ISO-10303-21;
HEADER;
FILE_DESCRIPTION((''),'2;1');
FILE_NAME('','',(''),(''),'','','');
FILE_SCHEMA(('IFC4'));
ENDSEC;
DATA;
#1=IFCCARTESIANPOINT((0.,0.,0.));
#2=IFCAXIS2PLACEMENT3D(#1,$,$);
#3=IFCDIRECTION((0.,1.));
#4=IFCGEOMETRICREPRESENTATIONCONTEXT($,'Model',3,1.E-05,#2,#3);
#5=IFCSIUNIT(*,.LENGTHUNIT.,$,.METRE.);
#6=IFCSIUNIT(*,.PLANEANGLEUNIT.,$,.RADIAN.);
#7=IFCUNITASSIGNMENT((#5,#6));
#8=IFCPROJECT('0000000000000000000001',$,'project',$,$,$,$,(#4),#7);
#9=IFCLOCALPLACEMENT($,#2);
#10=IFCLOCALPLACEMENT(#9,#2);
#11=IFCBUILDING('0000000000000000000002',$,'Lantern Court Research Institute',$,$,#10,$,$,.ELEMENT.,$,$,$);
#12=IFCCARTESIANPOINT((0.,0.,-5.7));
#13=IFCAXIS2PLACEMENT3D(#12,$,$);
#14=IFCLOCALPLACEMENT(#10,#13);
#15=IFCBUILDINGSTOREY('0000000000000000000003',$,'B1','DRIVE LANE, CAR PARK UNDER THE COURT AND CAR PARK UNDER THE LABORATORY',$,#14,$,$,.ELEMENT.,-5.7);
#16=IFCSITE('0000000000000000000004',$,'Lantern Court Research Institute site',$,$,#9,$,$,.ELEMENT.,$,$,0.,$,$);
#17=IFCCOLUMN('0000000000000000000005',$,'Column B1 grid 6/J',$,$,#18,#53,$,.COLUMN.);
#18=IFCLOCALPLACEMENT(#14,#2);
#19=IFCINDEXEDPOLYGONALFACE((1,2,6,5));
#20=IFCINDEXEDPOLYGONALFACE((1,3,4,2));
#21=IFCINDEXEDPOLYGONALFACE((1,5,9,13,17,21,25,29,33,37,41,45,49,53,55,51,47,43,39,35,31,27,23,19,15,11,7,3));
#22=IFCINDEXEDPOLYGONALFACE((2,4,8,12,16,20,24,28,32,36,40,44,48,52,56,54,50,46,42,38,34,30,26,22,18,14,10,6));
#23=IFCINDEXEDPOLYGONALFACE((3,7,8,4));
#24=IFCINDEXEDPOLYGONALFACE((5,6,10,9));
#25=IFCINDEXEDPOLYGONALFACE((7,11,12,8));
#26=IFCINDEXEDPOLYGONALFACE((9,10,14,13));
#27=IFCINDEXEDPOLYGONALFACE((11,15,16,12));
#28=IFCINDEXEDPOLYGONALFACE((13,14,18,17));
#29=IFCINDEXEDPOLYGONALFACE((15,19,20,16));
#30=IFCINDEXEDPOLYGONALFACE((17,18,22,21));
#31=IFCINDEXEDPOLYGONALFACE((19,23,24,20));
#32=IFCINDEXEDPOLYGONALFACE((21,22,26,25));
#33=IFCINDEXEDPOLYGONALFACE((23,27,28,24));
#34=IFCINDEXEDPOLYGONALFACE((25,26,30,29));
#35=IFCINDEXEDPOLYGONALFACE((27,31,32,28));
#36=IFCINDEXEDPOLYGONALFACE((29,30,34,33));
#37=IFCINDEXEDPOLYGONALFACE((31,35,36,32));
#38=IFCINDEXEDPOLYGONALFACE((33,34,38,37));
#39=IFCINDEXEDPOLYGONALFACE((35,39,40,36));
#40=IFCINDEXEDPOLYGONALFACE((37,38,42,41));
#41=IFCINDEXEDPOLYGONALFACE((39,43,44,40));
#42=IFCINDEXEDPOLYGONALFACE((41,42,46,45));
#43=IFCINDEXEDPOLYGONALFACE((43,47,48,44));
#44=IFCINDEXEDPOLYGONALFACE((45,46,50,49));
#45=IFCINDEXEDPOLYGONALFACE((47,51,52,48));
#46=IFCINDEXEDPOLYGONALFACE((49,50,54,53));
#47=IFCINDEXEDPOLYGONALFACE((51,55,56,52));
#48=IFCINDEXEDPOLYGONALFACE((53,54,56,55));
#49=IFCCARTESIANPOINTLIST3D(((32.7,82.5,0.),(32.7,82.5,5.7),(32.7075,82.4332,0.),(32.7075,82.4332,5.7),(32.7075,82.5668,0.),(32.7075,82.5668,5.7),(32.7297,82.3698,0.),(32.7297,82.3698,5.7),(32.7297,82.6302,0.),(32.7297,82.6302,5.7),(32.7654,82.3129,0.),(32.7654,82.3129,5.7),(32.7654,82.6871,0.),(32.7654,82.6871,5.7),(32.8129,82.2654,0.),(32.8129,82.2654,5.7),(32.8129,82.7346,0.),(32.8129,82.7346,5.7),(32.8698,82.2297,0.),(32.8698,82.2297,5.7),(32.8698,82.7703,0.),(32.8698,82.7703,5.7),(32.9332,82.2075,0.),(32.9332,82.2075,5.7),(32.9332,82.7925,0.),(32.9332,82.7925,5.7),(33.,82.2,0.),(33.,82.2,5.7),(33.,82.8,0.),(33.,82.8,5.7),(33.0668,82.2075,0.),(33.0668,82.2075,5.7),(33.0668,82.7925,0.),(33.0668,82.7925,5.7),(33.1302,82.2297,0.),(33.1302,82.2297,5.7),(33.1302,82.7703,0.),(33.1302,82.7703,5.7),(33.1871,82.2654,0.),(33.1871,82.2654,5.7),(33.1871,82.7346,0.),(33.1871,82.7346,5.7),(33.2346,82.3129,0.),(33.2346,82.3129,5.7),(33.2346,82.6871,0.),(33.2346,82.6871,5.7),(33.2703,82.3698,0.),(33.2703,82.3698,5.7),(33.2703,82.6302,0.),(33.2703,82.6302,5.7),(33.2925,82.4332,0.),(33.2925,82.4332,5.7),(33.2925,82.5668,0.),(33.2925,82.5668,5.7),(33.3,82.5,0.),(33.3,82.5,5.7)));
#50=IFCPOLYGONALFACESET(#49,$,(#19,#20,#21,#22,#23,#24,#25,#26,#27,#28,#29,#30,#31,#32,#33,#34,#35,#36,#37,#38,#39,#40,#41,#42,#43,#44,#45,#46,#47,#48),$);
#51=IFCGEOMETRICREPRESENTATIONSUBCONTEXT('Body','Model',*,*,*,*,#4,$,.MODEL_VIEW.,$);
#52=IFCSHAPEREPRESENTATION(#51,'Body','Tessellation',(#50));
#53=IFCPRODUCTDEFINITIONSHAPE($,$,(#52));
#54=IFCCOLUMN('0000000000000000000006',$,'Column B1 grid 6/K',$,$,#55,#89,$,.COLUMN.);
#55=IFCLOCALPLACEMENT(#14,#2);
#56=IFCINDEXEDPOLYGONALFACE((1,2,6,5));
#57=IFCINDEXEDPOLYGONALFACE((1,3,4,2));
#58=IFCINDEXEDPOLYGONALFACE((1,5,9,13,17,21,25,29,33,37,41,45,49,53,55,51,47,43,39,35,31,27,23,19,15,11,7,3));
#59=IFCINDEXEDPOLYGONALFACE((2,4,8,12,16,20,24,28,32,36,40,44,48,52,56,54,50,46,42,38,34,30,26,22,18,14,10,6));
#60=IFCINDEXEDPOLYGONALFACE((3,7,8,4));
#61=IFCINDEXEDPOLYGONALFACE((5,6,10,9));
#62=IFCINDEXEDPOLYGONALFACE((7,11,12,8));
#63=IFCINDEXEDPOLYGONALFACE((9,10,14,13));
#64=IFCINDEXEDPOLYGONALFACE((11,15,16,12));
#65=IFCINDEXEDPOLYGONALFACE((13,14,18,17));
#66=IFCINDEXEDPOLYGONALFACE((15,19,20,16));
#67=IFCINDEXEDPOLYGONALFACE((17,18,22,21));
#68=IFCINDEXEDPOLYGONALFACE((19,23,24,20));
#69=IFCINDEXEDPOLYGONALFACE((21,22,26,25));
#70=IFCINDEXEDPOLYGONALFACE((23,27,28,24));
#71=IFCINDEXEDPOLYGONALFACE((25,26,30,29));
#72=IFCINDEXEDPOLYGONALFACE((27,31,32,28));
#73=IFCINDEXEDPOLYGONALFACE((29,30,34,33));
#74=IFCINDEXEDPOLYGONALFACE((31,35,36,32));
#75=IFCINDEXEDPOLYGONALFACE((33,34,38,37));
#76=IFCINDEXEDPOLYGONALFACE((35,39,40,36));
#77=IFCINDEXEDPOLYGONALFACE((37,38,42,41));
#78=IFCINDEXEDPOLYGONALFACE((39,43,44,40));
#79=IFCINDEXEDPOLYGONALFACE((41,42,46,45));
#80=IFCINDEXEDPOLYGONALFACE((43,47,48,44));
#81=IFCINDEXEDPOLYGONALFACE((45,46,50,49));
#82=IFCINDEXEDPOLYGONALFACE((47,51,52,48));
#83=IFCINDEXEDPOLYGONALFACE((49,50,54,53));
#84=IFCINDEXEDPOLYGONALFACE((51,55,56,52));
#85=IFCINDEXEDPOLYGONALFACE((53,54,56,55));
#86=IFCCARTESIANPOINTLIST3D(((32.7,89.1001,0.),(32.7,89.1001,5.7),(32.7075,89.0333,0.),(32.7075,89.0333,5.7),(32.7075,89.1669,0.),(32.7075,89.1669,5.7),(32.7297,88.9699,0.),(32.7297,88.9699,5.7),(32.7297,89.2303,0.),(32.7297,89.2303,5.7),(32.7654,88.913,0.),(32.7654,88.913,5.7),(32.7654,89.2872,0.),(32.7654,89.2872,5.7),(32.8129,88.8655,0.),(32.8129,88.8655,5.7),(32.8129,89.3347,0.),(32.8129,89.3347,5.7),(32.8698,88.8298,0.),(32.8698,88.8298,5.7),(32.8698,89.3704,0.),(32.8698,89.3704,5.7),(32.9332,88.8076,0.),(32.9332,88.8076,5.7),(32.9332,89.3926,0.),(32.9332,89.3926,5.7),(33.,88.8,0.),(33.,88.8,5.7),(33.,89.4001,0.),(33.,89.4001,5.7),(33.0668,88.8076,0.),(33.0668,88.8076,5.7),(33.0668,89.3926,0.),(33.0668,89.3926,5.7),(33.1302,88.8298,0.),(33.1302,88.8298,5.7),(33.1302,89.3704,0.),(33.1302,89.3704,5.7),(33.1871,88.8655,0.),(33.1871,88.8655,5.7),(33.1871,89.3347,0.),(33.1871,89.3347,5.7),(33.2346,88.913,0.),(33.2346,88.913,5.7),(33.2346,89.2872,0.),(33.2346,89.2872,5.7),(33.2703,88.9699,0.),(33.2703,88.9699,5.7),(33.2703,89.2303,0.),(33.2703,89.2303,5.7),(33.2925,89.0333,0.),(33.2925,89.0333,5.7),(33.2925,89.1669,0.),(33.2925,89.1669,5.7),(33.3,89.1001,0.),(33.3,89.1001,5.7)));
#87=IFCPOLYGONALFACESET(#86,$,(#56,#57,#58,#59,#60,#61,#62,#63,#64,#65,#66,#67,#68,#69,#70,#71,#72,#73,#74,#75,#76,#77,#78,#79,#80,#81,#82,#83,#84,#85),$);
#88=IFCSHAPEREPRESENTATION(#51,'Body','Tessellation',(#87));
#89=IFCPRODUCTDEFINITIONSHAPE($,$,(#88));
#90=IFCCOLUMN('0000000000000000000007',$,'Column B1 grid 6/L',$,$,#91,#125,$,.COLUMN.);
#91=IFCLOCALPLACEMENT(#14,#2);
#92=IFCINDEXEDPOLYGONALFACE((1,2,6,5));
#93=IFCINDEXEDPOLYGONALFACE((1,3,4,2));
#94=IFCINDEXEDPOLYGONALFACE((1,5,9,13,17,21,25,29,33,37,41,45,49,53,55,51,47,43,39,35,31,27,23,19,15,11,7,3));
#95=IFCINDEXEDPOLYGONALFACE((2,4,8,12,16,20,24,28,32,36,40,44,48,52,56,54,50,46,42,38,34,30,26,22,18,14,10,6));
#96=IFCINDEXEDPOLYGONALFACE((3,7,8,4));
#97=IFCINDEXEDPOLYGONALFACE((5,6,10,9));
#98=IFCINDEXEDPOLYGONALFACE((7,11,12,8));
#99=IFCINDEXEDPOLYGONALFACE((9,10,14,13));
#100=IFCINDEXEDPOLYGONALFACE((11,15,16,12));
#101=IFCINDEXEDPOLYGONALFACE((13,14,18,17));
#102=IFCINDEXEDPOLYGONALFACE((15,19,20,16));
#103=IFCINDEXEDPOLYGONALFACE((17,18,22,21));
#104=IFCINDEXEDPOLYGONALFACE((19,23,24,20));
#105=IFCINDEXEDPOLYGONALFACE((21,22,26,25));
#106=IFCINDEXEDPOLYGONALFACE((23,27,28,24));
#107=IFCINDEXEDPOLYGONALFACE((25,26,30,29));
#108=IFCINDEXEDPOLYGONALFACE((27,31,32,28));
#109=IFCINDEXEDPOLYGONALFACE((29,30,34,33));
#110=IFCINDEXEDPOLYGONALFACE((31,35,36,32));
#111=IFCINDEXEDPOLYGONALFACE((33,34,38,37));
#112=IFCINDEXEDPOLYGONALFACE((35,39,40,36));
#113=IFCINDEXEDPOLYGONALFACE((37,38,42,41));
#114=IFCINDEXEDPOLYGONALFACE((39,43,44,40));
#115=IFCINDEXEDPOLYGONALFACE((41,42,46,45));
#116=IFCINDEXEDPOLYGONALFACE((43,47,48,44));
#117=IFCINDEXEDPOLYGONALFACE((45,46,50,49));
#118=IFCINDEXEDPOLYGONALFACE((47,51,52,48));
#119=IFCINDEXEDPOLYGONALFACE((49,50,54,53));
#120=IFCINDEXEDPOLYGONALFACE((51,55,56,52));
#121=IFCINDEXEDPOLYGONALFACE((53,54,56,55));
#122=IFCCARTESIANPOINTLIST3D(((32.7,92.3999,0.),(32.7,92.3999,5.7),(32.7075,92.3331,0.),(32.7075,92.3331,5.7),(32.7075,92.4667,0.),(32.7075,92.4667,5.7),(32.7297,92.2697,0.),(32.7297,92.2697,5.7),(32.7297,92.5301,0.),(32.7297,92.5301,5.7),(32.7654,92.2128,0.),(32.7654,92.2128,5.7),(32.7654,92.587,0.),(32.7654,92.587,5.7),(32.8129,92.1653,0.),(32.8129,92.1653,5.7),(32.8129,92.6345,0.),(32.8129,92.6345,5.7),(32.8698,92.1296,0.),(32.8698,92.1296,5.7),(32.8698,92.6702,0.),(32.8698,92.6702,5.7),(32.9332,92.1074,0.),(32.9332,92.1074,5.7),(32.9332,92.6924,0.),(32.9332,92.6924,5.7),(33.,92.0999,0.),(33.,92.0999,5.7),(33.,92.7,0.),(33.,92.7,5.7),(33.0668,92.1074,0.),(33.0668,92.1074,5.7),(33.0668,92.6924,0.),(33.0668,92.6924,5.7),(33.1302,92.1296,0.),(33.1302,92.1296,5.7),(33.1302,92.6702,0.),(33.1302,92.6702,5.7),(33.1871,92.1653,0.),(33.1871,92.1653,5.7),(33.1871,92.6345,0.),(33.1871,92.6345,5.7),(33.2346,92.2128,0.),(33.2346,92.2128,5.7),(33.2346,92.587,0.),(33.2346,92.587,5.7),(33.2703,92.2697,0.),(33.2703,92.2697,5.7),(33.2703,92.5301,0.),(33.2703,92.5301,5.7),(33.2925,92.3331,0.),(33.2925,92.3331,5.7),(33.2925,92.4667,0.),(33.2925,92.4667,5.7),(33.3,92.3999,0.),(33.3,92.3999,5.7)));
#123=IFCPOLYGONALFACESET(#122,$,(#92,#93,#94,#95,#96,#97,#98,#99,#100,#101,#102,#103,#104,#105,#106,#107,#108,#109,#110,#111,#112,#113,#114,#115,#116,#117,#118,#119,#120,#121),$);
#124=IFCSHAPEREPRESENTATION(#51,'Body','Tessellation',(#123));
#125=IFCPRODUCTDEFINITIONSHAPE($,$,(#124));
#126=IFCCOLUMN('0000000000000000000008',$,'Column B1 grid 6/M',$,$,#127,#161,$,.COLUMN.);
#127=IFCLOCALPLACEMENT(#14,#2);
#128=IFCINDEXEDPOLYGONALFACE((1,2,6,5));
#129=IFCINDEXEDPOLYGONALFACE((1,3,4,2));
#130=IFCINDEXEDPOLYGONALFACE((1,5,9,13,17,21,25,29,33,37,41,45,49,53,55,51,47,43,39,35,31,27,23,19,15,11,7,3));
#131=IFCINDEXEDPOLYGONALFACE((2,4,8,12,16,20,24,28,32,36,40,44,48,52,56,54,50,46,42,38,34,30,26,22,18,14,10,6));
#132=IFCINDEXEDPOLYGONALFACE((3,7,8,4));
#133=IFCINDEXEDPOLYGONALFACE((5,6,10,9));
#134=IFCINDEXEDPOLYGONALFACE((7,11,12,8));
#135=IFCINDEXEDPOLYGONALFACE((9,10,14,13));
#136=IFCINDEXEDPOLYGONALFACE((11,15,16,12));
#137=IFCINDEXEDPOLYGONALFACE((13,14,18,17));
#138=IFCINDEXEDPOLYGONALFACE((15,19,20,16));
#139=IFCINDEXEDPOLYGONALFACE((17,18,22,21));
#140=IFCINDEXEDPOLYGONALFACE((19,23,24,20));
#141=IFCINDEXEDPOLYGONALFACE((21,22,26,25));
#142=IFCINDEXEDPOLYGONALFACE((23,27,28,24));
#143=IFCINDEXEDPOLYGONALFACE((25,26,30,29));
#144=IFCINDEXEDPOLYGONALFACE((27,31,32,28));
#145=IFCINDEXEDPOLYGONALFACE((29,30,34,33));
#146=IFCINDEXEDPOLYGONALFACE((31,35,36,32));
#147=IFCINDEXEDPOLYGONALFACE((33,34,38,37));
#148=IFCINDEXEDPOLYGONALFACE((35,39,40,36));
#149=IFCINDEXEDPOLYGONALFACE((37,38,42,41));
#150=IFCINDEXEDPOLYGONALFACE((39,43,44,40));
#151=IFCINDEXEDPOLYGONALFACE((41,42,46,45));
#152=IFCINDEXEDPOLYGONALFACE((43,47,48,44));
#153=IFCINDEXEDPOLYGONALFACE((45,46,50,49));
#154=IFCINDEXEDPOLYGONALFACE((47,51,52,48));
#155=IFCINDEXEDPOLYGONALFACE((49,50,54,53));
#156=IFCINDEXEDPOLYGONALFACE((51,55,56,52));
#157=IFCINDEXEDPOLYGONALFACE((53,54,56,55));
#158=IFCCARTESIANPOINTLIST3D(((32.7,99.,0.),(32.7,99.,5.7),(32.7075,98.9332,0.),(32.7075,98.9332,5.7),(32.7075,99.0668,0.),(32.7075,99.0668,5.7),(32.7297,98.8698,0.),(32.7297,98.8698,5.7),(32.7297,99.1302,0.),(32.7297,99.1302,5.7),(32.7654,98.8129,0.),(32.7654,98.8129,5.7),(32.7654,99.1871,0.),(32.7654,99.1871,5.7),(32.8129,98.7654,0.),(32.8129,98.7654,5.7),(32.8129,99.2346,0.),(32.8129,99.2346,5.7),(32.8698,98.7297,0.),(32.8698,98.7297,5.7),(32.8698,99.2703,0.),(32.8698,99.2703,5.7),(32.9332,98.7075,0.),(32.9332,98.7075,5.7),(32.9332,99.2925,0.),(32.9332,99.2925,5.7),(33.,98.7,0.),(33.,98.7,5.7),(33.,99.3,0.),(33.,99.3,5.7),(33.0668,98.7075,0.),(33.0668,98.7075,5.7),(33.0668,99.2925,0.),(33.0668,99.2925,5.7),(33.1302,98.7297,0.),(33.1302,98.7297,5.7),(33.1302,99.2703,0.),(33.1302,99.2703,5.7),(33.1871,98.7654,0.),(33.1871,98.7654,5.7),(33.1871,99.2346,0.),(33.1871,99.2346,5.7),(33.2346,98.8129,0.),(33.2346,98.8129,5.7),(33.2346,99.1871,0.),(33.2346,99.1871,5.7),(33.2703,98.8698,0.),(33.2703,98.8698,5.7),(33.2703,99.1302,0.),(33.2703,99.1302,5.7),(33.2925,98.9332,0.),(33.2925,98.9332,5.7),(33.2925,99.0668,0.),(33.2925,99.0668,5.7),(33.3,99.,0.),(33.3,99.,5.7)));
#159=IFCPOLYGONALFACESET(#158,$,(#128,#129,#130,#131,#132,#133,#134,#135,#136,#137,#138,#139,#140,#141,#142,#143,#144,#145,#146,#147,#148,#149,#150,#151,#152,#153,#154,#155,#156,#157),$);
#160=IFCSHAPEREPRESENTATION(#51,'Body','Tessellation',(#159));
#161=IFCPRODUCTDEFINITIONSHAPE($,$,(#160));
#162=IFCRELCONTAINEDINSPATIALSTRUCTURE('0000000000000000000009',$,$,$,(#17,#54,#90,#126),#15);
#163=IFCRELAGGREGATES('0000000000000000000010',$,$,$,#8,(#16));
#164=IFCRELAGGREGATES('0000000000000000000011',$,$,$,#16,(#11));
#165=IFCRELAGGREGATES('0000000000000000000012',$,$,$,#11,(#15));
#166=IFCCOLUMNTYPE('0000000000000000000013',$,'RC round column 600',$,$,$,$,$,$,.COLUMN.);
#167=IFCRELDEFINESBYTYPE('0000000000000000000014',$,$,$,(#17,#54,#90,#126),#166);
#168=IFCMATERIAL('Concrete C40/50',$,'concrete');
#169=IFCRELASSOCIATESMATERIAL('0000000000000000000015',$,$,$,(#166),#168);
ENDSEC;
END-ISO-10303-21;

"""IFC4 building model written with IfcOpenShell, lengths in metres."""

from ifc_helpers import new_model, si_unit, direction, frame, origin, origin_2d, place, context, subcontext, project, spatial, circle, extrude, material, material_profile, profile_set, type_object, element, save


model = new_model("IFC4")

# Units and contexts
model_context = context("Model", 3, precision=1e-05, world=origin(), true_north=direction((0.0, 1.0)))
body_context = subcontext(model_context, "Body", "Model", "MODEL_VIEW")
ifc_project = project(units=[si_unit("LENGTHUNIT", "METRE"), si_unit("PLANEANGLEUNIT", "RADIAN")], contexts=[model_context])

# Site, building, storey
site_placement = place(None, origin())
site = spatial("IfcSite", under=ifc_project, at=site_placement, Name="Lantern Court Research Institute site", CompositionType="ELEMENT", RefElevation=0.0)
building_placement = place(site_placement, origin())
building = spatial("IfcBuilding", under=site, at=building_placement, Name="Lantern Court Research Institute", CompositionType="ELEMENT")
storey_placement = place(building_placement, frame((0.0, 0.0, -5.7)))
storey = spatial("IfcBuildingStorey", under=building, at=storey_placement, Name="B1", Description="DRIVE LANE, CAR PARK UNDER THE COURT AND CAR PARK UNDER THE LABORATORY", CompositionType="ELEMENT", Elevation=-5.7)

# Columns
ifc_material_1 = material(Name="Concrete C40/50", Category="concrete")
ifc_material_profile_1 = material_profile(ifc_material_1, circle(Radius=0.3, at=origin_2d()), Name="RC round column 600")
ifc_profile_set_1 = profile_set([ifc_material_profile_1], Name="Concrete C40/50")
column_type = type_object("IfcColumnType", Name="RC round column 600", PredefinedType="COLUMN", material=ifc_profile_set_1)
for number, where, z_axis, x_axis, name in (
    (1, (33.0, 82.5, 0.0), (0.0, 0.0, 1.0), (1.0, 0.0, 0.0), "Column B1 grid 6/J"),
    (2, (33.0, 89.1001, 0.0), (0.0, 0.0, 1.0), (1.0, 0.0, 0.0), "Column B1 grid 6/K"),
    (3, (33.0, 92.3999, 0.0), (0.0, 0.0, 1.0), (1.0, 0.0, 0.0), "Column B1 grid 6/L"),
    (4, (33.0, 99.0, 0.0), (0.0, 0.0, 1.0), (1.0, 0.0, 0.0), "Column B1 grid 6/M"),
):
    element("IfcColumn", number, at=place(storey_placement, frame(where, z_axis=z_axis, x_axis=x_axis)), inside=storey, type_object=column_type, Name=name, PredefinedType="COLUMN", context=body_context, shape_type="SweptSolid", body=[
        extrude(circle(Radius=0.3, at=origin_2d()), origin(), (0.0, 0.0, 1.0), 5.7),
    ])

save(model, "model.ifc")
